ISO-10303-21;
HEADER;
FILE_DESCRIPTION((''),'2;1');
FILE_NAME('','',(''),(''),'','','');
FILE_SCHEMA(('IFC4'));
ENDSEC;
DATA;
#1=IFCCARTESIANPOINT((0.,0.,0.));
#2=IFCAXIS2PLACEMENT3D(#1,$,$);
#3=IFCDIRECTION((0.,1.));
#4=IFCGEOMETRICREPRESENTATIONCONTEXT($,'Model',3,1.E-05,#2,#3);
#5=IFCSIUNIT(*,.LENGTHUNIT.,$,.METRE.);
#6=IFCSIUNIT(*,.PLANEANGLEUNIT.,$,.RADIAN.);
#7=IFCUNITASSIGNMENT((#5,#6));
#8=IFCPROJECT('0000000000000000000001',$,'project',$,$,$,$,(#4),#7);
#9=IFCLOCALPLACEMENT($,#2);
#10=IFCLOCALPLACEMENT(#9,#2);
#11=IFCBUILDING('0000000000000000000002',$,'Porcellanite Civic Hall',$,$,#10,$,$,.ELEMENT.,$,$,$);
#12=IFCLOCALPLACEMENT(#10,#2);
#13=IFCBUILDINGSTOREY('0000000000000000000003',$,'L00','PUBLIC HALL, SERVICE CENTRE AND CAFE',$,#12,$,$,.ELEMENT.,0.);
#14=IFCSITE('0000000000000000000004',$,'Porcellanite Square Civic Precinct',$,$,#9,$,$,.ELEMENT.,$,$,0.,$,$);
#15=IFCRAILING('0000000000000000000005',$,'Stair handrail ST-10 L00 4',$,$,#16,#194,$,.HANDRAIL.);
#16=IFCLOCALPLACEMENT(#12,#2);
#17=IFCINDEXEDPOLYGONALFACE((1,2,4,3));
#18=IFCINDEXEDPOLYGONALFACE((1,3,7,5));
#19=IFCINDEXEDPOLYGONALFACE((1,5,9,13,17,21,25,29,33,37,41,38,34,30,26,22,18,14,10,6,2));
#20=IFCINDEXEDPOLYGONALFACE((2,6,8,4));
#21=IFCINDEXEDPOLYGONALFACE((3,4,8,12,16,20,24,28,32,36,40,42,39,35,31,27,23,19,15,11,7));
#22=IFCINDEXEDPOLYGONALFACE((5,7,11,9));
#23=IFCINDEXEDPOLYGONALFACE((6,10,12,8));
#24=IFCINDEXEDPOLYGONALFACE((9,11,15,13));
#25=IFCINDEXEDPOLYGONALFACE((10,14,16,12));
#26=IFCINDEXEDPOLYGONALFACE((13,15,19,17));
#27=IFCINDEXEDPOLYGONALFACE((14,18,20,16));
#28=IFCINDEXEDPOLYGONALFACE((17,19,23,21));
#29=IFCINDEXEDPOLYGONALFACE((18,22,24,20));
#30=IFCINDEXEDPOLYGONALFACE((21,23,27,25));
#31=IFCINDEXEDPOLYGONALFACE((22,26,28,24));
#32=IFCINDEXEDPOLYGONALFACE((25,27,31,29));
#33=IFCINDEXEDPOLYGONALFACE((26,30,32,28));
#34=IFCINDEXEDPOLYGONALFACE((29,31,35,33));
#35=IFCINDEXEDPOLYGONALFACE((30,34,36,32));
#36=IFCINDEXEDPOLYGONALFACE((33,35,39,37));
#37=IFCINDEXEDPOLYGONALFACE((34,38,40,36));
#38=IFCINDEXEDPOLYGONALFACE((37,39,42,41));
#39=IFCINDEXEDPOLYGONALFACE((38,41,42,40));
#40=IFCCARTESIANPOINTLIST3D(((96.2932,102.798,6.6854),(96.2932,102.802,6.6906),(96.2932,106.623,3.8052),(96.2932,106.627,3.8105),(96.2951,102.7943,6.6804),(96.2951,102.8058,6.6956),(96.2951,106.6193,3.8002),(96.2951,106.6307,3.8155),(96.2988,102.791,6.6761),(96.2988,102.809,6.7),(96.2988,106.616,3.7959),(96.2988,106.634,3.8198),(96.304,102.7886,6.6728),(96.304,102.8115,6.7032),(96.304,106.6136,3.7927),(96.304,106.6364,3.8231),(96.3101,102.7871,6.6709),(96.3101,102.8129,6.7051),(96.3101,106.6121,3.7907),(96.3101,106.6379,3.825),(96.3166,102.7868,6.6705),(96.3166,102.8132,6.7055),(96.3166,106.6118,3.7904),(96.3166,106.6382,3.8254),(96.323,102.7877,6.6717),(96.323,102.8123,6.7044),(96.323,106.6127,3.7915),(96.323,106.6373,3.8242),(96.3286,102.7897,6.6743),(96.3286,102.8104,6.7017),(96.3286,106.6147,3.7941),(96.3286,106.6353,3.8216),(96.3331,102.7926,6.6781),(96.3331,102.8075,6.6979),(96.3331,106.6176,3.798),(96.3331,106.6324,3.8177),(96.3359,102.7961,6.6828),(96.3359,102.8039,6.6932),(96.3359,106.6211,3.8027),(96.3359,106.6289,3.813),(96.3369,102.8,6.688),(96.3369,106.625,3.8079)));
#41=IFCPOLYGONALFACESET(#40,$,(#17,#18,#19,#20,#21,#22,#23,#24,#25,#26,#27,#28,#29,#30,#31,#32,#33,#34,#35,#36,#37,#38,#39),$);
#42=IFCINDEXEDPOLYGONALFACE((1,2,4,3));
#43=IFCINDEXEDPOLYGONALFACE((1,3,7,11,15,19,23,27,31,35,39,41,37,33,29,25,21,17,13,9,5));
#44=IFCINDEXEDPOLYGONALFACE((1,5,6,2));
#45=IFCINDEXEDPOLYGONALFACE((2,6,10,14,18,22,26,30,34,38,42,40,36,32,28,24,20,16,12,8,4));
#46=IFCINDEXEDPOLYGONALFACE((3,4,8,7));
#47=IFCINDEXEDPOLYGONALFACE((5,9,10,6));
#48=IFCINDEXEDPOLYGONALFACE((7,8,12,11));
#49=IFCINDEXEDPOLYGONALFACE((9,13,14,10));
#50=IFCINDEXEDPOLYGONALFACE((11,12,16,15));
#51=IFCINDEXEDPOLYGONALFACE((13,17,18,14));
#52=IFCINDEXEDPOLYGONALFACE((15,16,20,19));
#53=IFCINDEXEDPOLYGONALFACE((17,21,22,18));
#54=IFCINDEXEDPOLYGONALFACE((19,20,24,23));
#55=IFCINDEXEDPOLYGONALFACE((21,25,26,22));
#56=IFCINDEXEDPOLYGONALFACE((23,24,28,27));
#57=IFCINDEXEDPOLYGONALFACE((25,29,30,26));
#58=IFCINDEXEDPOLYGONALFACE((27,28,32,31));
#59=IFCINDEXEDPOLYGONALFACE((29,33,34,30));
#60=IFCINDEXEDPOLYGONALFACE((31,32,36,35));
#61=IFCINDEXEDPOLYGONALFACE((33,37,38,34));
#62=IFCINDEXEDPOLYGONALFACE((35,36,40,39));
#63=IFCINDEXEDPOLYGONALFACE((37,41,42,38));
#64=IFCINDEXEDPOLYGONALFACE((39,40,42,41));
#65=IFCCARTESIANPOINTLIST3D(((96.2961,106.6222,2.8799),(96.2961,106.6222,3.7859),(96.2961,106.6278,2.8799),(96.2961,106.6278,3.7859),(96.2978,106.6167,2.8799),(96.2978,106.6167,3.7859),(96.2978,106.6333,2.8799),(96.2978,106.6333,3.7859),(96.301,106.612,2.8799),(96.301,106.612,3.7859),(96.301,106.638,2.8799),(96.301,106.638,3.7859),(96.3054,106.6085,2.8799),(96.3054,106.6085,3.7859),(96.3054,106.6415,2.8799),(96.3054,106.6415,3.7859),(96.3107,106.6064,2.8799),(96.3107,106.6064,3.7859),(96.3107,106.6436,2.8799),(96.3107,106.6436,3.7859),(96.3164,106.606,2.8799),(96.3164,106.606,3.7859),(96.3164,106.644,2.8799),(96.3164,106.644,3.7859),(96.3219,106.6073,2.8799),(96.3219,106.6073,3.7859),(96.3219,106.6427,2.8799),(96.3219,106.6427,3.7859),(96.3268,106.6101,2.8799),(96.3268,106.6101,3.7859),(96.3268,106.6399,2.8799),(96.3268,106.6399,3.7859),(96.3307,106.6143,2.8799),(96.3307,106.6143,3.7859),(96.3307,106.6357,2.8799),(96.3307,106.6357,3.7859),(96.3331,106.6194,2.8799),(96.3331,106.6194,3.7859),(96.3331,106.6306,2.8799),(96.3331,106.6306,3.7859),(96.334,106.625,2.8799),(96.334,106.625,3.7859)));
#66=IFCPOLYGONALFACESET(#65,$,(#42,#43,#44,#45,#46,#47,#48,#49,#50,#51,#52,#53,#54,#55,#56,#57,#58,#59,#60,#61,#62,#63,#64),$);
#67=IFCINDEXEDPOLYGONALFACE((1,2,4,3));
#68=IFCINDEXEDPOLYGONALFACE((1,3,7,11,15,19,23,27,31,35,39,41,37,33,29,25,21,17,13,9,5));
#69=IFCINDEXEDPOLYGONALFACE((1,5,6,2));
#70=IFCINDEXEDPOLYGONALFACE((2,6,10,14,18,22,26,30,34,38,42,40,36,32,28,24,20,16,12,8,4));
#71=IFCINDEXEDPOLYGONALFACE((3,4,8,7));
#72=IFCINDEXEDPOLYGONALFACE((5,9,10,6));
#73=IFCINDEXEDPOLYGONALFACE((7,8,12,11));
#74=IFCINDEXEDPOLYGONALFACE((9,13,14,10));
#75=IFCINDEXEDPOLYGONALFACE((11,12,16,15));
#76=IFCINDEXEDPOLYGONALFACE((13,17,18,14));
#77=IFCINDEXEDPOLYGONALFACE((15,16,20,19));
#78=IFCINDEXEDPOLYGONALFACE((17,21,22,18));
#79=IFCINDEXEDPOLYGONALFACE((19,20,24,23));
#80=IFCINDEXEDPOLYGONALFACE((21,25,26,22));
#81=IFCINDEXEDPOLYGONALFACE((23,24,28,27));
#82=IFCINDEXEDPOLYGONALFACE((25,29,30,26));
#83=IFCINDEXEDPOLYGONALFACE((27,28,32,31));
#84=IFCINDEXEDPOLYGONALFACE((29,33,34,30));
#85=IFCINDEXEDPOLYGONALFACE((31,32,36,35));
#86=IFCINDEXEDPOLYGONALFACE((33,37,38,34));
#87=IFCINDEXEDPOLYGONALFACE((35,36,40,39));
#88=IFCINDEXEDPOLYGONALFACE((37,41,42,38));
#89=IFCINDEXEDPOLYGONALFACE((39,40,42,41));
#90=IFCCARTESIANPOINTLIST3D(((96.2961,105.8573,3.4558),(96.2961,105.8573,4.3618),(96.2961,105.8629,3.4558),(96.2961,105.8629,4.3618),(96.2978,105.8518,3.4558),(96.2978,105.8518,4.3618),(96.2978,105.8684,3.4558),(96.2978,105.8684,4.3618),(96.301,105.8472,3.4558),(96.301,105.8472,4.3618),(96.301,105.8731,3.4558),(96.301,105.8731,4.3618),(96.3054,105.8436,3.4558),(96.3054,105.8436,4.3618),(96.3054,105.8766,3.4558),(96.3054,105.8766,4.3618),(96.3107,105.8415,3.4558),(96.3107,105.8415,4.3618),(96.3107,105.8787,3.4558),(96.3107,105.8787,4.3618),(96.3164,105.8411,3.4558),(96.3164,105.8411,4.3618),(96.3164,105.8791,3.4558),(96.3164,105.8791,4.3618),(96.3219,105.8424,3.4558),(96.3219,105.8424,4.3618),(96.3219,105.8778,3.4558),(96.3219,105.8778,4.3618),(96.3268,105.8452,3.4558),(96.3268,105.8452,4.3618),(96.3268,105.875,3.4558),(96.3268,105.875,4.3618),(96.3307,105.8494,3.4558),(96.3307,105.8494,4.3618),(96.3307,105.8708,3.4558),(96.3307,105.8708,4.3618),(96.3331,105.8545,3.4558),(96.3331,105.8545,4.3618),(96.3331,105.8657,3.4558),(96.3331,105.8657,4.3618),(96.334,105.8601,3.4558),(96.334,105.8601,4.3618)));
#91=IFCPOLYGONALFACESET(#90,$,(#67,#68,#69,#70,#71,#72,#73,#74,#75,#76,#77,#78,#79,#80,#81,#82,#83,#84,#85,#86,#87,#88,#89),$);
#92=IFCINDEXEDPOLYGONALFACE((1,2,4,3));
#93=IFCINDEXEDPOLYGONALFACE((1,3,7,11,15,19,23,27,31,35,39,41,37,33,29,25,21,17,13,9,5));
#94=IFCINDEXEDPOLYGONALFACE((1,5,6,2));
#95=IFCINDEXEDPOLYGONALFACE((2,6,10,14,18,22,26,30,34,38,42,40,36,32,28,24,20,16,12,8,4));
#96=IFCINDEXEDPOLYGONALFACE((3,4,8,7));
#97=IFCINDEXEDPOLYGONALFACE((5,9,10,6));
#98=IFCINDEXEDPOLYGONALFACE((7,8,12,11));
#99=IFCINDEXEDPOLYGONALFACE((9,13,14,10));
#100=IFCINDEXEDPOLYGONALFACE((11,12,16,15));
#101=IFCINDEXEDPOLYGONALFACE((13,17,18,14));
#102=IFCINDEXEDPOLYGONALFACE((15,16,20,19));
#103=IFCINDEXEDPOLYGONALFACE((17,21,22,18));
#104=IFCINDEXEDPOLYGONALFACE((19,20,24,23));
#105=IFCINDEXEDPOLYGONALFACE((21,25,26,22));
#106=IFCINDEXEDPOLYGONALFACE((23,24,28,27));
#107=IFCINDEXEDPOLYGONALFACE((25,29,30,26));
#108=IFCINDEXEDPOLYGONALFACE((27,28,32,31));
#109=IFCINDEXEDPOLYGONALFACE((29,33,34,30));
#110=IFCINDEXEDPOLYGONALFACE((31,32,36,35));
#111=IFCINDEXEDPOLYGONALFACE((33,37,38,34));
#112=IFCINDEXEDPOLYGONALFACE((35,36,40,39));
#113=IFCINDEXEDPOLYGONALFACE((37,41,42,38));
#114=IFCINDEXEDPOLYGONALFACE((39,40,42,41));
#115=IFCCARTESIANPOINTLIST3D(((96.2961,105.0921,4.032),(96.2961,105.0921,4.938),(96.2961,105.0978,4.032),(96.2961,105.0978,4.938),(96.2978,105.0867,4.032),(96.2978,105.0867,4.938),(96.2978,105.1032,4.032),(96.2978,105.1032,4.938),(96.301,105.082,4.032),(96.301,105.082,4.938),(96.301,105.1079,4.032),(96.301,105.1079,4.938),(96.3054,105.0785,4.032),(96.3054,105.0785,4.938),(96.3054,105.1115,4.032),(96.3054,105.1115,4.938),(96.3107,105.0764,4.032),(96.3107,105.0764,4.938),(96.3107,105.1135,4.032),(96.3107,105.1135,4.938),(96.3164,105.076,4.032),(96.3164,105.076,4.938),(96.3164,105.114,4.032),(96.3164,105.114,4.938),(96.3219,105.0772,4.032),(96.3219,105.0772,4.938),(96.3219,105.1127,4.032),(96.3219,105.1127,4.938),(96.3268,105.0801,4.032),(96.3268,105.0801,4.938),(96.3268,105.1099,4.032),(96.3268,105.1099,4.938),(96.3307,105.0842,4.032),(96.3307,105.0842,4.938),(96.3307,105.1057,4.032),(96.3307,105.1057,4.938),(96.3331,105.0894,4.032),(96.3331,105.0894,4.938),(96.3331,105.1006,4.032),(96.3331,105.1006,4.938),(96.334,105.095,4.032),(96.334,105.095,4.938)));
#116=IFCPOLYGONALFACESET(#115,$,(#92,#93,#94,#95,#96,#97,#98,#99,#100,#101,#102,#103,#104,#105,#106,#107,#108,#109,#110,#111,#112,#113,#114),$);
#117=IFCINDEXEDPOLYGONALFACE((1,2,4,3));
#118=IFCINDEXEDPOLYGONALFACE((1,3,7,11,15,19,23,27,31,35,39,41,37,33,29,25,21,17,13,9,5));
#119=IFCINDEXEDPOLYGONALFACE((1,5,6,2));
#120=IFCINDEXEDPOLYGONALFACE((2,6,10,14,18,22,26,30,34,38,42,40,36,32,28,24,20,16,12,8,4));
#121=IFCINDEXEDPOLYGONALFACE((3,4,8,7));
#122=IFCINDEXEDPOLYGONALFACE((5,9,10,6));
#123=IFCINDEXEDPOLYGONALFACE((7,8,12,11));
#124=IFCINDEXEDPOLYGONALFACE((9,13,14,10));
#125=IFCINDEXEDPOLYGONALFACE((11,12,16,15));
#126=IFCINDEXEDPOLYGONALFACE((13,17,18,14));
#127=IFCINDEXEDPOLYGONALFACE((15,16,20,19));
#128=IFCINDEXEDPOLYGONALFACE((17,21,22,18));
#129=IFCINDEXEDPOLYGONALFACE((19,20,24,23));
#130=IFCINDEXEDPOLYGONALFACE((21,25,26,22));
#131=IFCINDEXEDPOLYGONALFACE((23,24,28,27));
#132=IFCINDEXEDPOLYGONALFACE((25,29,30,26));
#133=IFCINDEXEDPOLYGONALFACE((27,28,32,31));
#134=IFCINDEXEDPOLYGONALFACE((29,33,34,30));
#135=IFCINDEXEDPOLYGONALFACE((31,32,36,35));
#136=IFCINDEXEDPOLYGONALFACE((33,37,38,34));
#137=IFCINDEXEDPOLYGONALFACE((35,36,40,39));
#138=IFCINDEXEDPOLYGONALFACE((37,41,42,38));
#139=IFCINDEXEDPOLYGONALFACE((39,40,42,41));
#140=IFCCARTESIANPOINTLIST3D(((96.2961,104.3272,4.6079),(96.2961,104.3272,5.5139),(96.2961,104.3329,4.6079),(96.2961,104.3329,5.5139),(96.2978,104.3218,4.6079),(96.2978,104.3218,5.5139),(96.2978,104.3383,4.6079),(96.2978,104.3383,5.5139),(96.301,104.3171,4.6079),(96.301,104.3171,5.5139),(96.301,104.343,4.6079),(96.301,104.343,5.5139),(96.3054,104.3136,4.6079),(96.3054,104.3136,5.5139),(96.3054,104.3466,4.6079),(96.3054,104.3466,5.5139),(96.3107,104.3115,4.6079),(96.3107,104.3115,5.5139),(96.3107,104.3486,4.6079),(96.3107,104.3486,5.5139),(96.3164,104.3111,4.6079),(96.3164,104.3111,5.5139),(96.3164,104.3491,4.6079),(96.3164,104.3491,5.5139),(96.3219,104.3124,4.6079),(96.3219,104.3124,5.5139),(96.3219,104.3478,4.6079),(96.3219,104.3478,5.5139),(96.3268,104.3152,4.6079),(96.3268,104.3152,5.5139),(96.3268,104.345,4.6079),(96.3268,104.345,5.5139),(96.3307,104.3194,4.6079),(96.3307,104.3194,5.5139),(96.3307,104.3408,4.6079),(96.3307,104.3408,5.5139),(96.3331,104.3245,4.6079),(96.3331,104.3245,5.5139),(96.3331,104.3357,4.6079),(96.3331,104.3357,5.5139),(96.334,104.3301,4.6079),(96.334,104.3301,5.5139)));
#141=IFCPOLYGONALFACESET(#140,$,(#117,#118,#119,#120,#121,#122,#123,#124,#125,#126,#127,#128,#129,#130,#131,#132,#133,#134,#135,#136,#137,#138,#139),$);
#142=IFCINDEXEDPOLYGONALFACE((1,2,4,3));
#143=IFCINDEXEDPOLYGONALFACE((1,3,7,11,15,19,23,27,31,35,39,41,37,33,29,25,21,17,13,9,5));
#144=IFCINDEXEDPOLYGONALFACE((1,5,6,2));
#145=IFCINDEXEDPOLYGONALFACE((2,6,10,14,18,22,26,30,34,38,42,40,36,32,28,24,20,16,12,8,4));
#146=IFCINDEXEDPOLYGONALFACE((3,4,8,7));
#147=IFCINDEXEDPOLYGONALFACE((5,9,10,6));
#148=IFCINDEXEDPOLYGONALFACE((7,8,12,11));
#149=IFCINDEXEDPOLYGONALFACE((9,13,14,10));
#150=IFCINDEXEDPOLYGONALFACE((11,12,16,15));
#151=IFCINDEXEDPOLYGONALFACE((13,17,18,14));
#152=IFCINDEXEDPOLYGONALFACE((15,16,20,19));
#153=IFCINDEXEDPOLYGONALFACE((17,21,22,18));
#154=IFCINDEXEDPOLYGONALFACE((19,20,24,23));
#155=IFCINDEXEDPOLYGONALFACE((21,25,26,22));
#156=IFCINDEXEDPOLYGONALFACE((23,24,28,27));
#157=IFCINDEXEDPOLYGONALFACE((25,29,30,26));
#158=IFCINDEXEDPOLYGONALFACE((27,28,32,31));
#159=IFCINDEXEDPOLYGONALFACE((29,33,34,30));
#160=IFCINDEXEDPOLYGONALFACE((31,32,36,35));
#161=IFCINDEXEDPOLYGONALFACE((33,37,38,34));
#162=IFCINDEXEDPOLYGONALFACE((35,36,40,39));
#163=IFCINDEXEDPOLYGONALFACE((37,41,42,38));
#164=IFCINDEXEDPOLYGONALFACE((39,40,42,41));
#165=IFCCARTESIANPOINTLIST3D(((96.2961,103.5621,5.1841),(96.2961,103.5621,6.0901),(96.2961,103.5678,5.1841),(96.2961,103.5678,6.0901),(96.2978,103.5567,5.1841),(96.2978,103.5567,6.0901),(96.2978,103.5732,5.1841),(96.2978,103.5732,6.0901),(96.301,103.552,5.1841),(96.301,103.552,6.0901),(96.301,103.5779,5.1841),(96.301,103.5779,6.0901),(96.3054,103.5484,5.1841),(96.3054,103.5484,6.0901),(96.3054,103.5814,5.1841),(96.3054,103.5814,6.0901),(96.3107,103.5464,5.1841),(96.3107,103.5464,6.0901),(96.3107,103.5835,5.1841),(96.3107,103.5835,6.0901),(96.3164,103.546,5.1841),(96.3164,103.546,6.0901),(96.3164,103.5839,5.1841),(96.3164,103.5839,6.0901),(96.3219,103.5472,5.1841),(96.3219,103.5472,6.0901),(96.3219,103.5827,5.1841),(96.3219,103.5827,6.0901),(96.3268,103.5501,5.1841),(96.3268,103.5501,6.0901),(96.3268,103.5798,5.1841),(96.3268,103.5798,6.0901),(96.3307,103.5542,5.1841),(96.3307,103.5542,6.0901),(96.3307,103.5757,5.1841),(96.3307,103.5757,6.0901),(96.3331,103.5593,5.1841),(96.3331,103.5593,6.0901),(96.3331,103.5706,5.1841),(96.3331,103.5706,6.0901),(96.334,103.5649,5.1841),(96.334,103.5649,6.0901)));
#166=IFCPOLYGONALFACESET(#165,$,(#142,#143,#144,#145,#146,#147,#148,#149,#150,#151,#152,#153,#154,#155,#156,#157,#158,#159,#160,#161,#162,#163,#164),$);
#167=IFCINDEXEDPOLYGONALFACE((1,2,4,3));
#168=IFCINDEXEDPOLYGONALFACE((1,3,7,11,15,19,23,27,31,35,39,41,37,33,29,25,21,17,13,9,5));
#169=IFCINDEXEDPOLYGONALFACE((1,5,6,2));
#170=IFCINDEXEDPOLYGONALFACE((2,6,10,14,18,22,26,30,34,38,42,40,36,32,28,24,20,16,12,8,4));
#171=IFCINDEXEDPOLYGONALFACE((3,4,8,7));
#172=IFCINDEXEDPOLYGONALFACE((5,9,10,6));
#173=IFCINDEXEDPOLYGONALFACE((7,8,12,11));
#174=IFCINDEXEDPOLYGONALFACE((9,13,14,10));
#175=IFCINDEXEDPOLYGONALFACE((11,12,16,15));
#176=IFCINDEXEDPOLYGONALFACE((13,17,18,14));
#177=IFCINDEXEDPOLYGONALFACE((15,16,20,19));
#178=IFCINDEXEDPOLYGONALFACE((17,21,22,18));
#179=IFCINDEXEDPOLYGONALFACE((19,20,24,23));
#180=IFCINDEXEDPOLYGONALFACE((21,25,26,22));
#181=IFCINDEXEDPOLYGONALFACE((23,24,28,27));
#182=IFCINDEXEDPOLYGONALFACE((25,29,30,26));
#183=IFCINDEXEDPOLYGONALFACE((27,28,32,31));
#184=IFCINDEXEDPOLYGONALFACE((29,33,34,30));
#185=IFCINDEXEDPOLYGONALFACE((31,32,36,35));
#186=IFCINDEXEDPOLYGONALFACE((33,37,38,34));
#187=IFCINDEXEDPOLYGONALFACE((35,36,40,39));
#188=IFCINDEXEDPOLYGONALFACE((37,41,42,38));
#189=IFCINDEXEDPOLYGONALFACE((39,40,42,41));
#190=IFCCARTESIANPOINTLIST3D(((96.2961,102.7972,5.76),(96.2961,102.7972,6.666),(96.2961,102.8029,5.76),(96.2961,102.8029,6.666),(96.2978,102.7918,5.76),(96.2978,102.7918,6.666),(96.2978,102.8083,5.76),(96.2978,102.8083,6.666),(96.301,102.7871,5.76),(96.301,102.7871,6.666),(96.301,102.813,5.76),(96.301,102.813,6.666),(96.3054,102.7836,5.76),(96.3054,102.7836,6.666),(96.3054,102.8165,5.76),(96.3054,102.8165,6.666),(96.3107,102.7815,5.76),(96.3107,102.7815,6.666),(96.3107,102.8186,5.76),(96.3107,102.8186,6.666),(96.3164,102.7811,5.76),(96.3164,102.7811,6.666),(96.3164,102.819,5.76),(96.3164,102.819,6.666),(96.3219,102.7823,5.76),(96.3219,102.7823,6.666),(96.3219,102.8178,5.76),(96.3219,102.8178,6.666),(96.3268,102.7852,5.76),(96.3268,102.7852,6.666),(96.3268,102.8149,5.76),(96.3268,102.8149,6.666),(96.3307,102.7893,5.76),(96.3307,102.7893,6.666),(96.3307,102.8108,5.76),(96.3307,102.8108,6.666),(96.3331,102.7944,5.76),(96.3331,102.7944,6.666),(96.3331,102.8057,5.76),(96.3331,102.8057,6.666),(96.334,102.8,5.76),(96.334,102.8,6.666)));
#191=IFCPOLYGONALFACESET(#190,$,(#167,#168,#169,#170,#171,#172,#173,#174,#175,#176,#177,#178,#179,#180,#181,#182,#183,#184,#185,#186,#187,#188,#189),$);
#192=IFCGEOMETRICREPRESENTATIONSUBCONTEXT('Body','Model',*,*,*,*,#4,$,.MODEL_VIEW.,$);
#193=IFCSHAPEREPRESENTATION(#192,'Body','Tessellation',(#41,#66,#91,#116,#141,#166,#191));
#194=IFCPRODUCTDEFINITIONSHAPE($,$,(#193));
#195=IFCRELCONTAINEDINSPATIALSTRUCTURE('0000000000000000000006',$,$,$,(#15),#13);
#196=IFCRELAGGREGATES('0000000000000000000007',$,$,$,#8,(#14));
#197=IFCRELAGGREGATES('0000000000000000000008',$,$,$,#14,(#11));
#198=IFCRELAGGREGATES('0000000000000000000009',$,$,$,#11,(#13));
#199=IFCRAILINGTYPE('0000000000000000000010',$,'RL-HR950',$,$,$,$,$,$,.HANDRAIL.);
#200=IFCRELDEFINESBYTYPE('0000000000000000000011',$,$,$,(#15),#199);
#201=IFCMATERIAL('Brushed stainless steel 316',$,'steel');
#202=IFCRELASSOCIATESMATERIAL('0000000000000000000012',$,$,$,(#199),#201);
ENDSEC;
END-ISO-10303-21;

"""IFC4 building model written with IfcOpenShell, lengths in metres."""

from ifc_helpers import new_model, si_unit, direction, frame, origin, origin_2d, place, context, subcontext, project, spatial, circle, extrude, material, type_object, element, save


model = new_model("IFC4")

# Units and contexts
model_context = context("Model", 3, precision=1e-05, world=origin(), true_north=direction((0.0, 1.0)))
body_context = subcontext(model_context, "Body", "Model", "MODEL_VIEW")
ifc_project = project(units=[si_unit("LENGTHUNIT", "METRE"), si_unit("PLANEANGLEUNIT", "RADIAN")], contexts=[model_context])

# Site, building, storey
site_placement = place(None, origin())
site = spatial("IfcSite", under=ifc_project, at=site_placement, Name="Porcellanite Square Civic Precinct", CompositionType="ELEMENT", RefElevation=0.0)
building_placement = place(site_placement, origin())
building = spatial("IfcBuilding", under=site, at=building_placement, Name="Porcellanite Civic Hall", CompositionType="ELEMENT")
storey_placement = place(building_placement, origin())
storey = spatial("IfcBuildingStorey", under=building, at=storey_placement, Name="L00", Description="PUBLIC HALL, SERVICE CENTRE AND CAFE", CompositionType="ELEMENT", Elevation=0.0)

# Railing
ifc_material_1 = material(Name="Brushed stainless steel 316", Category="steel")
railing_type = type_object("IfcRailingType", Name="RL-HR950", PredefinedType="HANDRAIL", material=ifc_material_1)
railing_placement = place(storey_placement, frame((96.3149, 106.625, 2.8799)))
element("IfcRailing", 1, at=railing_placement, inside=storey, type_object=railing_type, Name="Stair handrail ST-10 L00 4", PredefinedType="HANDRAIL", context=body_context, shape_type="SweptSolid", body=[
    extrude(circle(Radius=0.022, at=origin_2d()), frame((0.0, 0.0, 0.928), z_axis=(0.0, -0.798854, 0.601525), x_axis=(1.0, 0.0, 0.0)), (0.0, 0.0, 1.0), 4.7881),
    extrude(circle(Radius=0.019, at=origin_2d()), origin(), (0.0, 0.0, 1.0), 0.906),
    extrude(circle(Radius=0.019, at=origin_2d()), frame((0.0, -0.7649, 0.5759)), (0.0, 0.0, 1.0), 0.906),
    extrude(circle(Radius=0.019, at=origin_2d()), frame((0.0, -1.53, 1.1521)), (0.0, 0.0, 1.0), 0.906),
    extrude(circle(Radius=0.019, at=origin_2d()), frame((0.0, -2.2949, 1.728)), (0.0, 0.0, 1.0), 0.906),
    extrude(circle(Radius=0.019, at=origin_2d()), frame((0.0, -3.0601, 2.3042)), (0.0, 0.0, 1.0), 0.906),
    extrude(circle(Radius=0.019, at=origin_2d()), frame((0.0, -3.825, 2.8801)), (0.0, 0.0, 1.0), 0.906),
])

save(model, "model.ifc")
